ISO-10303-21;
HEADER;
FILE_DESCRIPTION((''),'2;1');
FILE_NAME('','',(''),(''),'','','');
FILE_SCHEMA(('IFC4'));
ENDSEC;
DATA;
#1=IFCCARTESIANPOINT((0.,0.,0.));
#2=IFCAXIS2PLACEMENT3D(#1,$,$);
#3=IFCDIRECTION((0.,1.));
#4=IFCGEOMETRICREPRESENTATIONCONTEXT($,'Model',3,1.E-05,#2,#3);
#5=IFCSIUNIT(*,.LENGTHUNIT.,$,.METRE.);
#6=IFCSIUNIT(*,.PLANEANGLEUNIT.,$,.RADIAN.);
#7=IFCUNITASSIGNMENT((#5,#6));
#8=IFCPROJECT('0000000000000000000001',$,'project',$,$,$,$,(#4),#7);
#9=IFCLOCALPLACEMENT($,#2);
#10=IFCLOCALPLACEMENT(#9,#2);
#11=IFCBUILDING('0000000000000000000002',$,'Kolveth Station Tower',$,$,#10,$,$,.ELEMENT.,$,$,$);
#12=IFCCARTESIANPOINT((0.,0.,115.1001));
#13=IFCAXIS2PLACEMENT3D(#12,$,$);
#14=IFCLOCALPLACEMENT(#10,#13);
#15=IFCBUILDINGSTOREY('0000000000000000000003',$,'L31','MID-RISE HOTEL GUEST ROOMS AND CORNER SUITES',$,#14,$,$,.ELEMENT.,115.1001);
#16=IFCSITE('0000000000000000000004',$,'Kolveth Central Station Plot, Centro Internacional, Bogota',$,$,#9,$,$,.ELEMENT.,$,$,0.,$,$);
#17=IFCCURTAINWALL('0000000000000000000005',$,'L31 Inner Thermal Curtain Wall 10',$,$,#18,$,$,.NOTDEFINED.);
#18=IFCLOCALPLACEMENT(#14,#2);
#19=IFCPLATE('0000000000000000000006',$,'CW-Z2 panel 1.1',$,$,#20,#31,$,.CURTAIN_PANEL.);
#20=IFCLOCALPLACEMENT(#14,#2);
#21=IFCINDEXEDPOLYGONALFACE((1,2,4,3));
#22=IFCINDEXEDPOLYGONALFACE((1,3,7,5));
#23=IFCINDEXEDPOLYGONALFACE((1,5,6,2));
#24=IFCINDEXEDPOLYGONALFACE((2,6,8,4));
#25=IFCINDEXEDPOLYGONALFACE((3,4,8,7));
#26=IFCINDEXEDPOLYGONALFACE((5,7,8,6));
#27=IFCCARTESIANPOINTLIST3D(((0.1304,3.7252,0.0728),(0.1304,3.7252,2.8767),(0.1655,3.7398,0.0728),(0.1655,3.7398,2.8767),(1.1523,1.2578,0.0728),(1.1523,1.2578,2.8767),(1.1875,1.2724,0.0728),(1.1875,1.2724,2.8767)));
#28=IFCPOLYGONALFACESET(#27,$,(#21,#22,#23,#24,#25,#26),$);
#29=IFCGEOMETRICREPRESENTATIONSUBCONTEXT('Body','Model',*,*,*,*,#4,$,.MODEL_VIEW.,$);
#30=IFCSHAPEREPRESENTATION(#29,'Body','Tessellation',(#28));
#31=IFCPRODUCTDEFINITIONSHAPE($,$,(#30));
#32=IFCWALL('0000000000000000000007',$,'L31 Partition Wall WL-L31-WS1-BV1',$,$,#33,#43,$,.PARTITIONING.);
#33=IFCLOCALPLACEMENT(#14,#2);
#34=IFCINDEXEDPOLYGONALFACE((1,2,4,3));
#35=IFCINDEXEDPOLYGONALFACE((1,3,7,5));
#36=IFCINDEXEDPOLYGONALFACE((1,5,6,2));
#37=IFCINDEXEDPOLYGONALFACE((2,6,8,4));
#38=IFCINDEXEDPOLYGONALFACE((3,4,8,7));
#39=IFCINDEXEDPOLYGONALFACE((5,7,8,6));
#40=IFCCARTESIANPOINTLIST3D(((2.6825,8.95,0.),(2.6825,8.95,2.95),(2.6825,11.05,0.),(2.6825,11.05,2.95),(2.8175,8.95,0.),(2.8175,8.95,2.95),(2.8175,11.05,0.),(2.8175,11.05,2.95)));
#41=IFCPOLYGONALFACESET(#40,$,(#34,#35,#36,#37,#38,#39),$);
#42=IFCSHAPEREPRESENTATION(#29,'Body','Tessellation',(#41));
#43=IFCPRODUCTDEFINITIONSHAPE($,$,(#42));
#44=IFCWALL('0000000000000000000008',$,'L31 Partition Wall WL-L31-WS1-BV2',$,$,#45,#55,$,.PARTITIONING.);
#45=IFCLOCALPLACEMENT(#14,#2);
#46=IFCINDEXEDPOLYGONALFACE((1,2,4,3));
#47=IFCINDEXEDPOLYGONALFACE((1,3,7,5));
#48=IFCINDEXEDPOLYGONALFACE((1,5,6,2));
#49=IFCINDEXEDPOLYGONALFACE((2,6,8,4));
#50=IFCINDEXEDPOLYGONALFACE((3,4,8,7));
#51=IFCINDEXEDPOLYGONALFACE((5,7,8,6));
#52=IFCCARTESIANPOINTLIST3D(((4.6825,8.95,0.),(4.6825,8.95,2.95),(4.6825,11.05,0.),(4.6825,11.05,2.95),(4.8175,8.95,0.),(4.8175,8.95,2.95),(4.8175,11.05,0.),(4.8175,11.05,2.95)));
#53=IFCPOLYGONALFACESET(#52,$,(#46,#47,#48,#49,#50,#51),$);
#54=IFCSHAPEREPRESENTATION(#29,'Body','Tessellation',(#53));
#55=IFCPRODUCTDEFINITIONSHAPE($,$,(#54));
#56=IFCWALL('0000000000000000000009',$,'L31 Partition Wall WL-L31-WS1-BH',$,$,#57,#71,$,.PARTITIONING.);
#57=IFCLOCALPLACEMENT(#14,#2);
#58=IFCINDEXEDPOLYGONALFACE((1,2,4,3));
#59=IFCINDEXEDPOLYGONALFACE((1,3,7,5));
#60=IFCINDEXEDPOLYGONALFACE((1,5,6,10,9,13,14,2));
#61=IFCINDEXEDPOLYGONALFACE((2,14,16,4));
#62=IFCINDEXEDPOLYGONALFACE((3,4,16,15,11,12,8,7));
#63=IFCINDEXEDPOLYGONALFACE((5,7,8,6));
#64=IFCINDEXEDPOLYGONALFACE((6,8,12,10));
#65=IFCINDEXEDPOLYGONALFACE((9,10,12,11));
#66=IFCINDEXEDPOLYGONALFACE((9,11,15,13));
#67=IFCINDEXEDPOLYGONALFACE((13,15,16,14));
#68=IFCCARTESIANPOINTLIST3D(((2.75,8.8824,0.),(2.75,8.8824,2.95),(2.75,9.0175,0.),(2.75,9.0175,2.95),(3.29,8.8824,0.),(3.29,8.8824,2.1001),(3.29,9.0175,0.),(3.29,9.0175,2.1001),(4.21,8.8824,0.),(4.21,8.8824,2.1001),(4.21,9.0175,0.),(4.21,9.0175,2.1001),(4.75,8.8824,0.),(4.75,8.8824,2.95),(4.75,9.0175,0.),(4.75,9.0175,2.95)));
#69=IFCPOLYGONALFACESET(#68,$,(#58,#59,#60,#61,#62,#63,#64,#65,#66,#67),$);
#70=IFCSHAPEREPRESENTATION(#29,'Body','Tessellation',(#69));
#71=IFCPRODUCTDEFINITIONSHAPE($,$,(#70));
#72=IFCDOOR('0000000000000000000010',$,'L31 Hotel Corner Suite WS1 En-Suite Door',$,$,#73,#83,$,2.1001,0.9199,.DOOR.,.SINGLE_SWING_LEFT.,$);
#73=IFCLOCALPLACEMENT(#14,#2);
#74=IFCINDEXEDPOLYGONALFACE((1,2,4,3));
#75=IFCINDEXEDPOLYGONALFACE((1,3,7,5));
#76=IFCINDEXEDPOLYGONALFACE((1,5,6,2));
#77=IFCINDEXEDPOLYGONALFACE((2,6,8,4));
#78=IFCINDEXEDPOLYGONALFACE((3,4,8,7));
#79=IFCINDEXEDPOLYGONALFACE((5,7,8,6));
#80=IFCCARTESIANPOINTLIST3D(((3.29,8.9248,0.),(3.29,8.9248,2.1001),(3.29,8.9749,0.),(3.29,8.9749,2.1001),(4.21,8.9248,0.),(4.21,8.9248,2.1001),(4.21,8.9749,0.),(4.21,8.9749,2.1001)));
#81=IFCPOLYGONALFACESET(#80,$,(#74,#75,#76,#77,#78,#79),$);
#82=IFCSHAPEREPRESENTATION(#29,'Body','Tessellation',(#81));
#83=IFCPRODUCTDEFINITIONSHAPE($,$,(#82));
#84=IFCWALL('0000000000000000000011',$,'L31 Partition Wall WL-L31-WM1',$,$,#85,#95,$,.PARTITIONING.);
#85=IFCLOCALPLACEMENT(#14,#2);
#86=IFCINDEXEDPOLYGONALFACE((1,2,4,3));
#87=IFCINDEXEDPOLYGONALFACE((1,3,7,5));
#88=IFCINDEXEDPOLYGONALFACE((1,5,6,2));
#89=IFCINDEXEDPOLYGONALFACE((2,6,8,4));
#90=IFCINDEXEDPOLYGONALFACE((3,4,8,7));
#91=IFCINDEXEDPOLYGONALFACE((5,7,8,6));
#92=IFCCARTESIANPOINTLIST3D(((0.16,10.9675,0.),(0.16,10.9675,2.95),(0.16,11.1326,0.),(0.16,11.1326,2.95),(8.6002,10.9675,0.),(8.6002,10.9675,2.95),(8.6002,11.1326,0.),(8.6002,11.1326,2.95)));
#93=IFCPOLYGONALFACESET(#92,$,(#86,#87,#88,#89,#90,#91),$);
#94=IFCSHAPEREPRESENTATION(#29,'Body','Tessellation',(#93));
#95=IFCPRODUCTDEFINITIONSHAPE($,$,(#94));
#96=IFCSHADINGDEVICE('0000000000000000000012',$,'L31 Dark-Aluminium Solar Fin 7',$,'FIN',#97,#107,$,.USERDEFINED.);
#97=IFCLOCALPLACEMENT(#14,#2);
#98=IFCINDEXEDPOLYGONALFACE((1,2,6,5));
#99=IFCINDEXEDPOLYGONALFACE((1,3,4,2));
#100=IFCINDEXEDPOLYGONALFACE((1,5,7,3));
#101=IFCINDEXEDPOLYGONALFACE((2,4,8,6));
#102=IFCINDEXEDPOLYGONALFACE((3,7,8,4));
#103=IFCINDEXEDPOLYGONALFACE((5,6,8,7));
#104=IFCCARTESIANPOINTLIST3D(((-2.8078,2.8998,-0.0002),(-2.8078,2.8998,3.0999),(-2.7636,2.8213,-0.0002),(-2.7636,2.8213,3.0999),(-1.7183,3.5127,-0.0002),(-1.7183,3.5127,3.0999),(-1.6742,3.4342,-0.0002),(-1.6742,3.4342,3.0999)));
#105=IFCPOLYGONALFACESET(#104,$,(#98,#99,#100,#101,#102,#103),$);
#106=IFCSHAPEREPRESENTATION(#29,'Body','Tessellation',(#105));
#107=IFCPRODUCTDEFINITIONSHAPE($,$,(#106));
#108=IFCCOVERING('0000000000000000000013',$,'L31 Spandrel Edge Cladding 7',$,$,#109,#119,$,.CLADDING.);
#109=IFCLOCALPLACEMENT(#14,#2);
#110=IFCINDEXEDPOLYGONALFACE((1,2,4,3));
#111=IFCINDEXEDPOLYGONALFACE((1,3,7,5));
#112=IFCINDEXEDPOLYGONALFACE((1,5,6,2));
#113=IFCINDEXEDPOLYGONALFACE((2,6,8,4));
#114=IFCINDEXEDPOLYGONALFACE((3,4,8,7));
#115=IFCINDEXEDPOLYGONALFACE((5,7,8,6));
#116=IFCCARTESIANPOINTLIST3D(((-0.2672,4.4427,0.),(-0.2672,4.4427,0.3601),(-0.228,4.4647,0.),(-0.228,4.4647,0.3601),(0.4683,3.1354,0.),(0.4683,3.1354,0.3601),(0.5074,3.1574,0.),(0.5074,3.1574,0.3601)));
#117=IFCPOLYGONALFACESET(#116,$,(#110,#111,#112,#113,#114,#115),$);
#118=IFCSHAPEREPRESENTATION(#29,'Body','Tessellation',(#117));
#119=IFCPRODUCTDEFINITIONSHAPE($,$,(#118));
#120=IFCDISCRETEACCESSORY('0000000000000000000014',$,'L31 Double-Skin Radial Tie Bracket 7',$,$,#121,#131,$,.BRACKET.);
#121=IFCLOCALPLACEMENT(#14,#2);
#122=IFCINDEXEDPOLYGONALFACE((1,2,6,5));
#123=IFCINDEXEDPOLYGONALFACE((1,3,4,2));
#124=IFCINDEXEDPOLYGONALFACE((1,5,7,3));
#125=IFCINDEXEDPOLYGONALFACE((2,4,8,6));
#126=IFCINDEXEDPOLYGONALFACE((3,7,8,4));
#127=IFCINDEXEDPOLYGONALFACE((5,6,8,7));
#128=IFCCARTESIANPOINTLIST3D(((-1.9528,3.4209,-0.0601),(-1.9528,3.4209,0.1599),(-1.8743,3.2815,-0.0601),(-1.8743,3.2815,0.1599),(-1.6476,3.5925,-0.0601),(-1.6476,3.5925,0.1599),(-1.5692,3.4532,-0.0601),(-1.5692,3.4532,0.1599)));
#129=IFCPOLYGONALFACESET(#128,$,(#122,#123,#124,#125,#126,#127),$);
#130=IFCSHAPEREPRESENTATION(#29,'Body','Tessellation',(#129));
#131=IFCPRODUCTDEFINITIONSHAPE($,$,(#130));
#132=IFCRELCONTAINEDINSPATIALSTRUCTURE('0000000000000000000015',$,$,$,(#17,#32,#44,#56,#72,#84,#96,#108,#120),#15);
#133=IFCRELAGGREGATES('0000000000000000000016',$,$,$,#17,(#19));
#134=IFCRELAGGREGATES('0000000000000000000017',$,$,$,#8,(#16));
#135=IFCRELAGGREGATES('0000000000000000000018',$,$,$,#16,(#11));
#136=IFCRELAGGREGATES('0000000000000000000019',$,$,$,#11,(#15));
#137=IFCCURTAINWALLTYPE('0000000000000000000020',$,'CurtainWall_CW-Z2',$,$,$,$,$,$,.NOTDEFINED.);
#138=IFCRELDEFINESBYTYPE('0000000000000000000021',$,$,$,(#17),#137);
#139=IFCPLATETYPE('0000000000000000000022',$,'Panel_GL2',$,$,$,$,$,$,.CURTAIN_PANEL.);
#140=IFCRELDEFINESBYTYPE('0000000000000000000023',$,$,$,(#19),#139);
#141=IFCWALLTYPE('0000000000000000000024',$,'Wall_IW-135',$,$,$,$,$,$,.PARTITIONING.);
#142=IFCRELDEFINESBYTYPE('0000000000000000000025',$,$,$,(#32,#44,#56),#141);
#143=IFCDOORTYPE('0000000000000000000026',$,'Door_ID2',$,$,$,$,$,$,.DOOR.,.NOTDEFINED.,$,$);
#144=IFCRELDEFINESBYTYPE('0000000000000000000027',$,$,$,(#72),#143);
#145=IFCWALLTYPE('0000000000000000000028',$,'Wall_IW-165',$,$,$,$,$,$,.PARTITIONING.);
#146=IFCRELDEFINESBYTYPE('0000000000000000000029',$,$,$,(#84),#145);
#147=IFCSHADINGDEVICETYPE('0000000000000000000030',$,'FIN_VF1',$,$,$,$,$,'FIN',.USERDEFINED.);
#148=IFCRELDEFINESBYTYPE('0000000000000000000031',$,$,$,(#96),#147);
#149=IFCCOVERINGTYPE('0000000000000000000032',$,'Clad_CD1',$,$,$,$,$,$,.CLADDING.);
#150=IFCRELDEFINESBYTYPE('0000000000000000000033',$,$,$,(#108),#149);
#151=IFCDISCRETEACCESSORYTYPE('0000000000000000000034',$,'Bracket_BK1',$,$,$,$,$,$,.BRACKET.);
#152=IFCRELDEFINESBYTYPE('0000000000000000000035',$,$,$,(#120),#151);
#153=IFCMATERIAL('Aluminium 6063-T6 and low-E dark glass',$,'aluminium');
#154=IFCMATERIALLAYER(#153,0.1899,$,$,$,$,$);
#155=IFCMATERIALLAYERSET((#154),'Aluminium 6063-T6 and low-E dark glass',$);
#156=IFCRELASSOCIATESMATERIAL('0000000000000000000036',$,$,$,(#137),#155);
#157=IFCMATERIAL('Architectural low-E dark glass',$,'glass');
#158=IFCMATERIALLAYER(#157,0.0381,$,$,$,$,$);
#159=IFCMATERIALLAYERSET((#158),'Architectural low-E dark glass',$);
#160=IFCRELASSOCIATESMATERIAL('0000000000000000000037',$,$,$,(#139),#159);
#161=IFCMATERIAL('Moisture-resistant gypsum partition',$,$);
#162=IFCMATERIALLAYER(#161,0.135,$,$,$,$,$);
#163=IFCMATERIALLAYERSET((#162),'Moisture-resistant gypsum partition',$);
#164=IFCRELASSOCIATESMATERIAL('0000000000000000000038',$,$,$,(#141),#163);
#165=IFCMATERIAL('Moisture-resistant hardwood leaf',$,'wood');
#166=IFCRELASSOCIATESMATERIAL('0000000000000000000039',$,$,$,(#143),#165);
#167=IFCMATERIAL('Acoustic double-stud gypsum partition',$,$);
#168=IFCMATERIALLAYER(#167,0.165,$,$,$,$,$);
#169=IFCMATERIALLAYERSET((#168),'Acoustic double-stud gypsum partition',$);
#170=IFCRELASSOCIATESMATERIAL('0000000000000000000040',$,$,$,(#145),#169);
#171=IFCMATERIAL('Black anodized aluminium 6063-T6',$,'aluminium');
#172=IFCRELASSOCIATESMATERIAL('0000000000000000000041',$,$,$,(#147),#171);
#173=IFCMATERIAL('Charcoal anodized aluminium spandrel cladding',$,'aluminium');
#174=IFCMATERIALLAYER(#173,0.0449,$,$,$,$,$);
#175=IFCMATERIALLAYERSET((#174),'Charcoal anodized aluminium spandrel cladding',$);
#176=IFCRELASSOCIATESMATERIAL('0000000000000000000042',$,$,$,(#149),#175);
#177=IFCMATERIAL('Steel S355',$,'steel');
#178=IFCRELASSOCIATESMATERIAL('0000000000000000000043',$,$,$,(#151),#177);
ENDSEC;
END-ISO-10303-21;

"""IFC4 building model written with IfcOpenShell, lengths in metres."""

from ifc_helpers import new_model, si_unit, direction, frame, frame_2d, origin, origin_2d, place, context, subcontext, project, spatial, rectangle, extrude, source, transform, mapped, material, layer, layer_set, type_object, element, fill, aggregate, save


model = new_model("IFC4")

# Units and contexts
model_context = context("Model", 3, precision=1e-05, world=origin(), true_north=direction((0.0, 1.0)))
body_context = subcontext(model_context, "Body", "Model", "MODEL_VIEW")
ifc_project = project(units=[si_unit("LENGTHUNIT", "METRE"), si_unit("PLANEANGLEUNIT", "RADIAN")], contexts=[model_context])

# Site, building, storey
site_placement = place(None, origin())
site = spatial("IfcSite", under=ifc_project, at=site_placement, Name="Kolveth Central Station Plot, Centro Internacional, Bogota", CompositionType="ELEMENT", RefElevation=0.0)
building_placement = place(site_placement, origin())
building = spatial("IfcBuilding", under=site, at=building_placement, Name="Kolveth Station Tower", CompositionType="ELEMENT")
storey_placement = place(building_placement, frame((0.0, 0.0, 115.1001)))
storey = spatial("IfcBuildingStorey", under=building, at=storey_placement, Name="L31", Description="MID-RISE HOTEL GUEST ROOMS AND CORNER SUITES", CompositionType="ELEMENT", Elevation=115.1001)

# Shared definitions
ifc_material_1 = material(Name="Steel S355", Category="steel")

# Shared definitions
ifc_material_2 = material(Name="Aluminium 6063-T6 and low-E dark glass", Category="aluminium")
ifc_layer_1 = layer(ifc_material_2, 0.1899)
ifc_layer_set_1 = layer_set([ifc_layer_1], Name="Aluminium 6063-T6 and low-E dark glass")
curtain_wall_type_1 = type_object("IfcCurtainWallType", Name="CurtainWall_CW-Z2", PredefinedType="NOTDEFINED", material=ifc_layer_set_1)
ifc_material_3 = material(Name="Black anodized aluminium 6063-T6", Category="aluminium")

# Curtain wall
curtain_wall_1_placement = place(storey_placement, origin())
curtain_wall_1 = element("IfcCurtainWall", 1, at=curtain_wall_1_placement, inside=storey, type_object=curtain_wall_type_1, Name="L31 Inner Thermal Curtain Wall 10", PredefinedType="NOTDEFINED")

# Plate
ifc_material_4 = material(Name="Architectural low-E dark glass", Category="glass")
ifc_layer_2 = layer(ifc_material_4, 0.0381)
ifc_layer_set_2 = layer_set([ifc_layer_2], Name="Architectural low-E dark glass")
plate_type = type_object("IfcPlateType", Name="Panel_GL2", PredefinedType="CURTAIN_PANEL", material=ifc_layer_set_2)
shared_shape_1 = source(origin(), body_context, "Body", "SweptSolid", [
    extrude(rectangle(XDim=2.6707, YDim=0.0381, at=origin_2d()), origin(), (0.0, 0.0, 1.0), 2.804),
])
plate_placement = place(storey_placement, frame((0.6589, 2.4988, 0.0728), z_axis=(0.0, 0.0, 1.0), x_axis=(0.382663, -0.923888, 0.0)))
plate = element("IfcPlate", 2, at=plate_placement, type_object=plate_type, Name="CW-Z2 panel 1.1", PredefinedType="CURTAIN_PANEL", context=body_context, shape_type="MappedRepresentation", body=[
    mapped(shared_shape_1, transform((0.0, 0.0, 0.0), x_axis=(1.0, 0.0, 0.0), y_axis=(0.0, 1.0, 0.0), z_axis=(0.0, 0.0, 1.0), scale=1.0)),
])
aggregate(curtain_wall_1, [plate])

# Walls
ifc_material_5 = material(Name="Moisture-resistant gypsum partition")
ifc_layer_3 = layer(ifc_material_5, 0.135)
ifc_layer_set_3 = layer_set([ifc_layer_3], Name="Moisture-resistant gypsum partition")
wall_type_1 = type_object("IfcWallType", Name="Wall_IW-135", PredefinedType="PARTITIONING", material=ifc_layer_set_3)
for number, where, z_axis, x_axis, name in (
    (3, (2.75, 8.95, 0.0), (0.0, 0.0, 1.0), (0.0, 1.0, 0.0), "L31 Partition Wall WL-L31-WS1-BV1"),
    (4, (4.75, 8.95, 0.0), (0.0, 0.0, 1.0), (0.0, 1.0, 0.0), "L31 Partition Wall WL-L31-WS1-BV2"),
):
    element("IfcWall", number, at=place(storey_placement, frame(where, z_axis=z_axis, x_axis=x_axis)), inside=storey, type_object=wall_type_1, Name=name, PredefinedType="PARTITIONING", context=body_context, shape_type="SweptSolid", body=[
        extrude(rectangle(XDim=2.1001, YDim=0.135, at=frame_2d((1.05, 0.0))), origin(), (0.0, 0.0, 1.0), 2.95),
    ])

# Wall, opening, door
wall_1_placement = place(storey_placement, frame((2.75, 8.95, 0.0), z_axis=(0.0, 0.0, 1.0), x_axis=(1.0, 0.0, 0.0)))
wall_1 = element("IfcWall", 5, at=wall_1_placement, inside=storey, type_object=wall_type_1, Name="L31 Partition Wall WL-L31-WS1-BH", PredefinedType="PARTITIONING", context=body_context, shape_type="SweptSolid", body=[
    extrude(rectangle(XDim=2.0, YDim=0.135, at=frame_2d((1.0, 0.0))), origin(), (0.0, 0.0, 1.0), 2.95),
])
opening_placement = place(wall_1_placement, frame((0.54, 0.0, 0.0)))
opening = element("IfcOpeningElement", 6, at=opening_placement, cuts=wall_1, PredefinedType="OPENING", context=body_context, shape_type="SweptSolid", body=[
    extrude(rectangle(XDim=0.9199, YDim=2.1001, at=frame_2d((0.46, 1.05))), frame((0.0, 0.0774, 0.0), z_axis=(0.0, -1.0, 0.0), x_axis=(1.0, 0.0, 0.0)), (0.0, 0.0, 1.0), 0.155),
])
ifc_material_6 = material(Name="Moisture-resistant hardwood leaf", Category="wood")
door_type = type_object("IfcDoorType", Name="Door_ID2", OperationType="NOTDEFINED", PredefinedType="DOOR", material=ifc_material_6)
door_placement = place(opening_placement, origin())
door = element("IfcDoor", 7, at=door_placement, inside=storey, type_object=door_type, Name="L31 Hotel Corner Suite WS1 En-Suite Door", OperationType="SINGLE_SWING_LEFT", OverallHeight=2.1001, OverallWidth=0.9199, PredefinedType="DOOR", context=body_context, shape_type="SweptSolid", body=[
    extrude(rectangle(XDim=0.9199, YDim=2.1001, at=frame_2d((0.46, 1.05))), frame((0.0, 0.0249, 0.0), z_axis=(0.0, -1.0, 0.0), x_axis=(1.0, 0.0, 0.0)), (0.0, 0.0, 1.0), 0.05),
])
fill(opening, door)

# Wall
ifc_material_7 = material(Name="Acoustic double-stud gypsum partition")
ifc_layer_4 = layer(ifc_material_7, 0.165)
ifc_layer_set_4 = layer_set([ifc_layer_4], Name="Acoustic double-stud gypsum partition")
wall_type_2 = type_object("IfcWallType", Name="Wall_IW-165", PredefinedType="PARTITIONING", material=ifc_layer_set_4)
wall_2_placement = place(storey_placement, frame((0.1599, 11.05, 0.0), z_axis=(0.0, 0.0, 1.0), x_axis=(1.0, 0.0, 0.0)))
element("IfcWall", 8, at=wall_2_placement, inside=storey, type_object=wall_type_2, Name="L31 Partition Wall WL-L31-WM1", PredefinedType="PARTITIONING", context=body_context, shape_type="SweptSolid", body=[
    extrude(rectangle(XDim=8.4402, YDim=0.165, at=frame_2d((4.2202, 0.0))), origin(), (0.0, 0.0, 1.0), 2.95),
])

# Shading device
shading_device_type = type_object("IfcShadingDeviceType", Name="FIN_VF1", ElementType="FIN", PredefinedType="USERDEFINED", material=ifc_material_3)
shared_shape_2 = source(origin(), body_context, "Body", "SweptSolid", [
    extrude(rectangle(XDim=1.25, YDim=0.0901, at=origin_2d()), origin(), (0.0, 0.0, 1.0), 3.1001),
])
shading_device_placement = place(storey_placement, frame((-2.241, 3.167, -0.0002), z_axis=(0.0, 0.0, 1.0), x_axis=(-0.871556, -0.490295, 0.0)))
element("IfcShadingDevice", 9, at=shading_device_placement, inside=storey, type_object=shading_device_type, Name="L31 Dark-Aluminium Solar Fin 7", ObjectType="FIN", PredefinedType="USERDEFINED", context=body_context, shape_type="MappedRepresentation", body=[
    mapped(shared_shape_2, transform((0.0, 0.0, 0.0), x_axis=(1.0, 0.0, 0.0), y_axis=(0.0, 1.0, 0.0), z_axis=(0.0, 0.0, 1.0), scale=1.0)),
])

# Covering
ifc_material_8 = material(Name="Charcoal anodized aluminium spandrel cladding", Category="aluminium")
ifc_layer_5 = layer(ifc_material_8, 0.0449)
ifc_layer_set_5 = layer_set([ifc_layer_5], Name="Charcoal anodized aluminium spandrel cladding")
covering_type = type_object("IfcCoveringType", Name="Clad_CD1", PredefinedType="CLADDING", material=ifc_layer_set_5)
shared_shape_3 = source(origin(), body_context, "Body", "SweptSolid", [
    extrude(rectangle(XDim=1.5, YDim=0.0449, at=origin_2d()), origin(), (0.0, 0.0, 1.0), 0.3601),
])
covering_placement = place(storey_placement, frame((0.1201, 3.8, 0.0), z_axis=(0.0, 0.0, 1.0), x_axis=(0.490295, -0.871556, 0.0)))
element("IfcCovering", 10, at=covering_placement, inside=storey, type_object=covering_type, Name="L31 Spandrel Edge Cladding 7", PredefinedType="CLADDING", context=body_context, shape_type="MappedRepresentation", body=[
    mapped(shared_shape_3, transform((0.0, 0.0, 0.0), x_axis=(1.0, 0.0, 0.0), y_axis=(0.0, 1.0, 0.0), z_axis=(0.0, 0.0, 1.0), scale=1.0)),
])

# Discrete accessory
discrete_accessory_type = type_object("IfcDiscreteAccessoryType", Name="Bracket_BK1", PredefinedType="BRACKET", material=ifc_material_1)
shared_shape_4 = source(origin(), body_context, "Body", "SweptSolid", [
    extrude(rectangle(XDim=0.3501, YDim=0.1599, at=origin_2d()), origin(), (0.0, 0.0, 1.0), 0.22),
])
discrete_accessory_placement = place(storey_placement, frame((-1.761, 3.437, -0.0601), z_axis=(0.0, 0.0, 1.0), x_axis=(-0.871556, -0.490295, 0.0)))
element("IfcDiscreteAccessory", 11, at=discrete_accessory_placement, inside=storey, type_object=discrete_accessory_type, Name="L31 Double-Skin Radial Tie Bracket 7", PredefinedType="BRACKET", context=body_context, shape_type="MappedRepresentation", body=[
    mapped(shared_shape_4, transform((0.0, 0.0, 0.0), x_axis=(1.0, 0.0, 0.0), y_axis=(0.0, 1.0, 0.0), z_axis=(0.0, 0.0, 1.0), scale=1.0)),
])

save(model, "model.ifc")
